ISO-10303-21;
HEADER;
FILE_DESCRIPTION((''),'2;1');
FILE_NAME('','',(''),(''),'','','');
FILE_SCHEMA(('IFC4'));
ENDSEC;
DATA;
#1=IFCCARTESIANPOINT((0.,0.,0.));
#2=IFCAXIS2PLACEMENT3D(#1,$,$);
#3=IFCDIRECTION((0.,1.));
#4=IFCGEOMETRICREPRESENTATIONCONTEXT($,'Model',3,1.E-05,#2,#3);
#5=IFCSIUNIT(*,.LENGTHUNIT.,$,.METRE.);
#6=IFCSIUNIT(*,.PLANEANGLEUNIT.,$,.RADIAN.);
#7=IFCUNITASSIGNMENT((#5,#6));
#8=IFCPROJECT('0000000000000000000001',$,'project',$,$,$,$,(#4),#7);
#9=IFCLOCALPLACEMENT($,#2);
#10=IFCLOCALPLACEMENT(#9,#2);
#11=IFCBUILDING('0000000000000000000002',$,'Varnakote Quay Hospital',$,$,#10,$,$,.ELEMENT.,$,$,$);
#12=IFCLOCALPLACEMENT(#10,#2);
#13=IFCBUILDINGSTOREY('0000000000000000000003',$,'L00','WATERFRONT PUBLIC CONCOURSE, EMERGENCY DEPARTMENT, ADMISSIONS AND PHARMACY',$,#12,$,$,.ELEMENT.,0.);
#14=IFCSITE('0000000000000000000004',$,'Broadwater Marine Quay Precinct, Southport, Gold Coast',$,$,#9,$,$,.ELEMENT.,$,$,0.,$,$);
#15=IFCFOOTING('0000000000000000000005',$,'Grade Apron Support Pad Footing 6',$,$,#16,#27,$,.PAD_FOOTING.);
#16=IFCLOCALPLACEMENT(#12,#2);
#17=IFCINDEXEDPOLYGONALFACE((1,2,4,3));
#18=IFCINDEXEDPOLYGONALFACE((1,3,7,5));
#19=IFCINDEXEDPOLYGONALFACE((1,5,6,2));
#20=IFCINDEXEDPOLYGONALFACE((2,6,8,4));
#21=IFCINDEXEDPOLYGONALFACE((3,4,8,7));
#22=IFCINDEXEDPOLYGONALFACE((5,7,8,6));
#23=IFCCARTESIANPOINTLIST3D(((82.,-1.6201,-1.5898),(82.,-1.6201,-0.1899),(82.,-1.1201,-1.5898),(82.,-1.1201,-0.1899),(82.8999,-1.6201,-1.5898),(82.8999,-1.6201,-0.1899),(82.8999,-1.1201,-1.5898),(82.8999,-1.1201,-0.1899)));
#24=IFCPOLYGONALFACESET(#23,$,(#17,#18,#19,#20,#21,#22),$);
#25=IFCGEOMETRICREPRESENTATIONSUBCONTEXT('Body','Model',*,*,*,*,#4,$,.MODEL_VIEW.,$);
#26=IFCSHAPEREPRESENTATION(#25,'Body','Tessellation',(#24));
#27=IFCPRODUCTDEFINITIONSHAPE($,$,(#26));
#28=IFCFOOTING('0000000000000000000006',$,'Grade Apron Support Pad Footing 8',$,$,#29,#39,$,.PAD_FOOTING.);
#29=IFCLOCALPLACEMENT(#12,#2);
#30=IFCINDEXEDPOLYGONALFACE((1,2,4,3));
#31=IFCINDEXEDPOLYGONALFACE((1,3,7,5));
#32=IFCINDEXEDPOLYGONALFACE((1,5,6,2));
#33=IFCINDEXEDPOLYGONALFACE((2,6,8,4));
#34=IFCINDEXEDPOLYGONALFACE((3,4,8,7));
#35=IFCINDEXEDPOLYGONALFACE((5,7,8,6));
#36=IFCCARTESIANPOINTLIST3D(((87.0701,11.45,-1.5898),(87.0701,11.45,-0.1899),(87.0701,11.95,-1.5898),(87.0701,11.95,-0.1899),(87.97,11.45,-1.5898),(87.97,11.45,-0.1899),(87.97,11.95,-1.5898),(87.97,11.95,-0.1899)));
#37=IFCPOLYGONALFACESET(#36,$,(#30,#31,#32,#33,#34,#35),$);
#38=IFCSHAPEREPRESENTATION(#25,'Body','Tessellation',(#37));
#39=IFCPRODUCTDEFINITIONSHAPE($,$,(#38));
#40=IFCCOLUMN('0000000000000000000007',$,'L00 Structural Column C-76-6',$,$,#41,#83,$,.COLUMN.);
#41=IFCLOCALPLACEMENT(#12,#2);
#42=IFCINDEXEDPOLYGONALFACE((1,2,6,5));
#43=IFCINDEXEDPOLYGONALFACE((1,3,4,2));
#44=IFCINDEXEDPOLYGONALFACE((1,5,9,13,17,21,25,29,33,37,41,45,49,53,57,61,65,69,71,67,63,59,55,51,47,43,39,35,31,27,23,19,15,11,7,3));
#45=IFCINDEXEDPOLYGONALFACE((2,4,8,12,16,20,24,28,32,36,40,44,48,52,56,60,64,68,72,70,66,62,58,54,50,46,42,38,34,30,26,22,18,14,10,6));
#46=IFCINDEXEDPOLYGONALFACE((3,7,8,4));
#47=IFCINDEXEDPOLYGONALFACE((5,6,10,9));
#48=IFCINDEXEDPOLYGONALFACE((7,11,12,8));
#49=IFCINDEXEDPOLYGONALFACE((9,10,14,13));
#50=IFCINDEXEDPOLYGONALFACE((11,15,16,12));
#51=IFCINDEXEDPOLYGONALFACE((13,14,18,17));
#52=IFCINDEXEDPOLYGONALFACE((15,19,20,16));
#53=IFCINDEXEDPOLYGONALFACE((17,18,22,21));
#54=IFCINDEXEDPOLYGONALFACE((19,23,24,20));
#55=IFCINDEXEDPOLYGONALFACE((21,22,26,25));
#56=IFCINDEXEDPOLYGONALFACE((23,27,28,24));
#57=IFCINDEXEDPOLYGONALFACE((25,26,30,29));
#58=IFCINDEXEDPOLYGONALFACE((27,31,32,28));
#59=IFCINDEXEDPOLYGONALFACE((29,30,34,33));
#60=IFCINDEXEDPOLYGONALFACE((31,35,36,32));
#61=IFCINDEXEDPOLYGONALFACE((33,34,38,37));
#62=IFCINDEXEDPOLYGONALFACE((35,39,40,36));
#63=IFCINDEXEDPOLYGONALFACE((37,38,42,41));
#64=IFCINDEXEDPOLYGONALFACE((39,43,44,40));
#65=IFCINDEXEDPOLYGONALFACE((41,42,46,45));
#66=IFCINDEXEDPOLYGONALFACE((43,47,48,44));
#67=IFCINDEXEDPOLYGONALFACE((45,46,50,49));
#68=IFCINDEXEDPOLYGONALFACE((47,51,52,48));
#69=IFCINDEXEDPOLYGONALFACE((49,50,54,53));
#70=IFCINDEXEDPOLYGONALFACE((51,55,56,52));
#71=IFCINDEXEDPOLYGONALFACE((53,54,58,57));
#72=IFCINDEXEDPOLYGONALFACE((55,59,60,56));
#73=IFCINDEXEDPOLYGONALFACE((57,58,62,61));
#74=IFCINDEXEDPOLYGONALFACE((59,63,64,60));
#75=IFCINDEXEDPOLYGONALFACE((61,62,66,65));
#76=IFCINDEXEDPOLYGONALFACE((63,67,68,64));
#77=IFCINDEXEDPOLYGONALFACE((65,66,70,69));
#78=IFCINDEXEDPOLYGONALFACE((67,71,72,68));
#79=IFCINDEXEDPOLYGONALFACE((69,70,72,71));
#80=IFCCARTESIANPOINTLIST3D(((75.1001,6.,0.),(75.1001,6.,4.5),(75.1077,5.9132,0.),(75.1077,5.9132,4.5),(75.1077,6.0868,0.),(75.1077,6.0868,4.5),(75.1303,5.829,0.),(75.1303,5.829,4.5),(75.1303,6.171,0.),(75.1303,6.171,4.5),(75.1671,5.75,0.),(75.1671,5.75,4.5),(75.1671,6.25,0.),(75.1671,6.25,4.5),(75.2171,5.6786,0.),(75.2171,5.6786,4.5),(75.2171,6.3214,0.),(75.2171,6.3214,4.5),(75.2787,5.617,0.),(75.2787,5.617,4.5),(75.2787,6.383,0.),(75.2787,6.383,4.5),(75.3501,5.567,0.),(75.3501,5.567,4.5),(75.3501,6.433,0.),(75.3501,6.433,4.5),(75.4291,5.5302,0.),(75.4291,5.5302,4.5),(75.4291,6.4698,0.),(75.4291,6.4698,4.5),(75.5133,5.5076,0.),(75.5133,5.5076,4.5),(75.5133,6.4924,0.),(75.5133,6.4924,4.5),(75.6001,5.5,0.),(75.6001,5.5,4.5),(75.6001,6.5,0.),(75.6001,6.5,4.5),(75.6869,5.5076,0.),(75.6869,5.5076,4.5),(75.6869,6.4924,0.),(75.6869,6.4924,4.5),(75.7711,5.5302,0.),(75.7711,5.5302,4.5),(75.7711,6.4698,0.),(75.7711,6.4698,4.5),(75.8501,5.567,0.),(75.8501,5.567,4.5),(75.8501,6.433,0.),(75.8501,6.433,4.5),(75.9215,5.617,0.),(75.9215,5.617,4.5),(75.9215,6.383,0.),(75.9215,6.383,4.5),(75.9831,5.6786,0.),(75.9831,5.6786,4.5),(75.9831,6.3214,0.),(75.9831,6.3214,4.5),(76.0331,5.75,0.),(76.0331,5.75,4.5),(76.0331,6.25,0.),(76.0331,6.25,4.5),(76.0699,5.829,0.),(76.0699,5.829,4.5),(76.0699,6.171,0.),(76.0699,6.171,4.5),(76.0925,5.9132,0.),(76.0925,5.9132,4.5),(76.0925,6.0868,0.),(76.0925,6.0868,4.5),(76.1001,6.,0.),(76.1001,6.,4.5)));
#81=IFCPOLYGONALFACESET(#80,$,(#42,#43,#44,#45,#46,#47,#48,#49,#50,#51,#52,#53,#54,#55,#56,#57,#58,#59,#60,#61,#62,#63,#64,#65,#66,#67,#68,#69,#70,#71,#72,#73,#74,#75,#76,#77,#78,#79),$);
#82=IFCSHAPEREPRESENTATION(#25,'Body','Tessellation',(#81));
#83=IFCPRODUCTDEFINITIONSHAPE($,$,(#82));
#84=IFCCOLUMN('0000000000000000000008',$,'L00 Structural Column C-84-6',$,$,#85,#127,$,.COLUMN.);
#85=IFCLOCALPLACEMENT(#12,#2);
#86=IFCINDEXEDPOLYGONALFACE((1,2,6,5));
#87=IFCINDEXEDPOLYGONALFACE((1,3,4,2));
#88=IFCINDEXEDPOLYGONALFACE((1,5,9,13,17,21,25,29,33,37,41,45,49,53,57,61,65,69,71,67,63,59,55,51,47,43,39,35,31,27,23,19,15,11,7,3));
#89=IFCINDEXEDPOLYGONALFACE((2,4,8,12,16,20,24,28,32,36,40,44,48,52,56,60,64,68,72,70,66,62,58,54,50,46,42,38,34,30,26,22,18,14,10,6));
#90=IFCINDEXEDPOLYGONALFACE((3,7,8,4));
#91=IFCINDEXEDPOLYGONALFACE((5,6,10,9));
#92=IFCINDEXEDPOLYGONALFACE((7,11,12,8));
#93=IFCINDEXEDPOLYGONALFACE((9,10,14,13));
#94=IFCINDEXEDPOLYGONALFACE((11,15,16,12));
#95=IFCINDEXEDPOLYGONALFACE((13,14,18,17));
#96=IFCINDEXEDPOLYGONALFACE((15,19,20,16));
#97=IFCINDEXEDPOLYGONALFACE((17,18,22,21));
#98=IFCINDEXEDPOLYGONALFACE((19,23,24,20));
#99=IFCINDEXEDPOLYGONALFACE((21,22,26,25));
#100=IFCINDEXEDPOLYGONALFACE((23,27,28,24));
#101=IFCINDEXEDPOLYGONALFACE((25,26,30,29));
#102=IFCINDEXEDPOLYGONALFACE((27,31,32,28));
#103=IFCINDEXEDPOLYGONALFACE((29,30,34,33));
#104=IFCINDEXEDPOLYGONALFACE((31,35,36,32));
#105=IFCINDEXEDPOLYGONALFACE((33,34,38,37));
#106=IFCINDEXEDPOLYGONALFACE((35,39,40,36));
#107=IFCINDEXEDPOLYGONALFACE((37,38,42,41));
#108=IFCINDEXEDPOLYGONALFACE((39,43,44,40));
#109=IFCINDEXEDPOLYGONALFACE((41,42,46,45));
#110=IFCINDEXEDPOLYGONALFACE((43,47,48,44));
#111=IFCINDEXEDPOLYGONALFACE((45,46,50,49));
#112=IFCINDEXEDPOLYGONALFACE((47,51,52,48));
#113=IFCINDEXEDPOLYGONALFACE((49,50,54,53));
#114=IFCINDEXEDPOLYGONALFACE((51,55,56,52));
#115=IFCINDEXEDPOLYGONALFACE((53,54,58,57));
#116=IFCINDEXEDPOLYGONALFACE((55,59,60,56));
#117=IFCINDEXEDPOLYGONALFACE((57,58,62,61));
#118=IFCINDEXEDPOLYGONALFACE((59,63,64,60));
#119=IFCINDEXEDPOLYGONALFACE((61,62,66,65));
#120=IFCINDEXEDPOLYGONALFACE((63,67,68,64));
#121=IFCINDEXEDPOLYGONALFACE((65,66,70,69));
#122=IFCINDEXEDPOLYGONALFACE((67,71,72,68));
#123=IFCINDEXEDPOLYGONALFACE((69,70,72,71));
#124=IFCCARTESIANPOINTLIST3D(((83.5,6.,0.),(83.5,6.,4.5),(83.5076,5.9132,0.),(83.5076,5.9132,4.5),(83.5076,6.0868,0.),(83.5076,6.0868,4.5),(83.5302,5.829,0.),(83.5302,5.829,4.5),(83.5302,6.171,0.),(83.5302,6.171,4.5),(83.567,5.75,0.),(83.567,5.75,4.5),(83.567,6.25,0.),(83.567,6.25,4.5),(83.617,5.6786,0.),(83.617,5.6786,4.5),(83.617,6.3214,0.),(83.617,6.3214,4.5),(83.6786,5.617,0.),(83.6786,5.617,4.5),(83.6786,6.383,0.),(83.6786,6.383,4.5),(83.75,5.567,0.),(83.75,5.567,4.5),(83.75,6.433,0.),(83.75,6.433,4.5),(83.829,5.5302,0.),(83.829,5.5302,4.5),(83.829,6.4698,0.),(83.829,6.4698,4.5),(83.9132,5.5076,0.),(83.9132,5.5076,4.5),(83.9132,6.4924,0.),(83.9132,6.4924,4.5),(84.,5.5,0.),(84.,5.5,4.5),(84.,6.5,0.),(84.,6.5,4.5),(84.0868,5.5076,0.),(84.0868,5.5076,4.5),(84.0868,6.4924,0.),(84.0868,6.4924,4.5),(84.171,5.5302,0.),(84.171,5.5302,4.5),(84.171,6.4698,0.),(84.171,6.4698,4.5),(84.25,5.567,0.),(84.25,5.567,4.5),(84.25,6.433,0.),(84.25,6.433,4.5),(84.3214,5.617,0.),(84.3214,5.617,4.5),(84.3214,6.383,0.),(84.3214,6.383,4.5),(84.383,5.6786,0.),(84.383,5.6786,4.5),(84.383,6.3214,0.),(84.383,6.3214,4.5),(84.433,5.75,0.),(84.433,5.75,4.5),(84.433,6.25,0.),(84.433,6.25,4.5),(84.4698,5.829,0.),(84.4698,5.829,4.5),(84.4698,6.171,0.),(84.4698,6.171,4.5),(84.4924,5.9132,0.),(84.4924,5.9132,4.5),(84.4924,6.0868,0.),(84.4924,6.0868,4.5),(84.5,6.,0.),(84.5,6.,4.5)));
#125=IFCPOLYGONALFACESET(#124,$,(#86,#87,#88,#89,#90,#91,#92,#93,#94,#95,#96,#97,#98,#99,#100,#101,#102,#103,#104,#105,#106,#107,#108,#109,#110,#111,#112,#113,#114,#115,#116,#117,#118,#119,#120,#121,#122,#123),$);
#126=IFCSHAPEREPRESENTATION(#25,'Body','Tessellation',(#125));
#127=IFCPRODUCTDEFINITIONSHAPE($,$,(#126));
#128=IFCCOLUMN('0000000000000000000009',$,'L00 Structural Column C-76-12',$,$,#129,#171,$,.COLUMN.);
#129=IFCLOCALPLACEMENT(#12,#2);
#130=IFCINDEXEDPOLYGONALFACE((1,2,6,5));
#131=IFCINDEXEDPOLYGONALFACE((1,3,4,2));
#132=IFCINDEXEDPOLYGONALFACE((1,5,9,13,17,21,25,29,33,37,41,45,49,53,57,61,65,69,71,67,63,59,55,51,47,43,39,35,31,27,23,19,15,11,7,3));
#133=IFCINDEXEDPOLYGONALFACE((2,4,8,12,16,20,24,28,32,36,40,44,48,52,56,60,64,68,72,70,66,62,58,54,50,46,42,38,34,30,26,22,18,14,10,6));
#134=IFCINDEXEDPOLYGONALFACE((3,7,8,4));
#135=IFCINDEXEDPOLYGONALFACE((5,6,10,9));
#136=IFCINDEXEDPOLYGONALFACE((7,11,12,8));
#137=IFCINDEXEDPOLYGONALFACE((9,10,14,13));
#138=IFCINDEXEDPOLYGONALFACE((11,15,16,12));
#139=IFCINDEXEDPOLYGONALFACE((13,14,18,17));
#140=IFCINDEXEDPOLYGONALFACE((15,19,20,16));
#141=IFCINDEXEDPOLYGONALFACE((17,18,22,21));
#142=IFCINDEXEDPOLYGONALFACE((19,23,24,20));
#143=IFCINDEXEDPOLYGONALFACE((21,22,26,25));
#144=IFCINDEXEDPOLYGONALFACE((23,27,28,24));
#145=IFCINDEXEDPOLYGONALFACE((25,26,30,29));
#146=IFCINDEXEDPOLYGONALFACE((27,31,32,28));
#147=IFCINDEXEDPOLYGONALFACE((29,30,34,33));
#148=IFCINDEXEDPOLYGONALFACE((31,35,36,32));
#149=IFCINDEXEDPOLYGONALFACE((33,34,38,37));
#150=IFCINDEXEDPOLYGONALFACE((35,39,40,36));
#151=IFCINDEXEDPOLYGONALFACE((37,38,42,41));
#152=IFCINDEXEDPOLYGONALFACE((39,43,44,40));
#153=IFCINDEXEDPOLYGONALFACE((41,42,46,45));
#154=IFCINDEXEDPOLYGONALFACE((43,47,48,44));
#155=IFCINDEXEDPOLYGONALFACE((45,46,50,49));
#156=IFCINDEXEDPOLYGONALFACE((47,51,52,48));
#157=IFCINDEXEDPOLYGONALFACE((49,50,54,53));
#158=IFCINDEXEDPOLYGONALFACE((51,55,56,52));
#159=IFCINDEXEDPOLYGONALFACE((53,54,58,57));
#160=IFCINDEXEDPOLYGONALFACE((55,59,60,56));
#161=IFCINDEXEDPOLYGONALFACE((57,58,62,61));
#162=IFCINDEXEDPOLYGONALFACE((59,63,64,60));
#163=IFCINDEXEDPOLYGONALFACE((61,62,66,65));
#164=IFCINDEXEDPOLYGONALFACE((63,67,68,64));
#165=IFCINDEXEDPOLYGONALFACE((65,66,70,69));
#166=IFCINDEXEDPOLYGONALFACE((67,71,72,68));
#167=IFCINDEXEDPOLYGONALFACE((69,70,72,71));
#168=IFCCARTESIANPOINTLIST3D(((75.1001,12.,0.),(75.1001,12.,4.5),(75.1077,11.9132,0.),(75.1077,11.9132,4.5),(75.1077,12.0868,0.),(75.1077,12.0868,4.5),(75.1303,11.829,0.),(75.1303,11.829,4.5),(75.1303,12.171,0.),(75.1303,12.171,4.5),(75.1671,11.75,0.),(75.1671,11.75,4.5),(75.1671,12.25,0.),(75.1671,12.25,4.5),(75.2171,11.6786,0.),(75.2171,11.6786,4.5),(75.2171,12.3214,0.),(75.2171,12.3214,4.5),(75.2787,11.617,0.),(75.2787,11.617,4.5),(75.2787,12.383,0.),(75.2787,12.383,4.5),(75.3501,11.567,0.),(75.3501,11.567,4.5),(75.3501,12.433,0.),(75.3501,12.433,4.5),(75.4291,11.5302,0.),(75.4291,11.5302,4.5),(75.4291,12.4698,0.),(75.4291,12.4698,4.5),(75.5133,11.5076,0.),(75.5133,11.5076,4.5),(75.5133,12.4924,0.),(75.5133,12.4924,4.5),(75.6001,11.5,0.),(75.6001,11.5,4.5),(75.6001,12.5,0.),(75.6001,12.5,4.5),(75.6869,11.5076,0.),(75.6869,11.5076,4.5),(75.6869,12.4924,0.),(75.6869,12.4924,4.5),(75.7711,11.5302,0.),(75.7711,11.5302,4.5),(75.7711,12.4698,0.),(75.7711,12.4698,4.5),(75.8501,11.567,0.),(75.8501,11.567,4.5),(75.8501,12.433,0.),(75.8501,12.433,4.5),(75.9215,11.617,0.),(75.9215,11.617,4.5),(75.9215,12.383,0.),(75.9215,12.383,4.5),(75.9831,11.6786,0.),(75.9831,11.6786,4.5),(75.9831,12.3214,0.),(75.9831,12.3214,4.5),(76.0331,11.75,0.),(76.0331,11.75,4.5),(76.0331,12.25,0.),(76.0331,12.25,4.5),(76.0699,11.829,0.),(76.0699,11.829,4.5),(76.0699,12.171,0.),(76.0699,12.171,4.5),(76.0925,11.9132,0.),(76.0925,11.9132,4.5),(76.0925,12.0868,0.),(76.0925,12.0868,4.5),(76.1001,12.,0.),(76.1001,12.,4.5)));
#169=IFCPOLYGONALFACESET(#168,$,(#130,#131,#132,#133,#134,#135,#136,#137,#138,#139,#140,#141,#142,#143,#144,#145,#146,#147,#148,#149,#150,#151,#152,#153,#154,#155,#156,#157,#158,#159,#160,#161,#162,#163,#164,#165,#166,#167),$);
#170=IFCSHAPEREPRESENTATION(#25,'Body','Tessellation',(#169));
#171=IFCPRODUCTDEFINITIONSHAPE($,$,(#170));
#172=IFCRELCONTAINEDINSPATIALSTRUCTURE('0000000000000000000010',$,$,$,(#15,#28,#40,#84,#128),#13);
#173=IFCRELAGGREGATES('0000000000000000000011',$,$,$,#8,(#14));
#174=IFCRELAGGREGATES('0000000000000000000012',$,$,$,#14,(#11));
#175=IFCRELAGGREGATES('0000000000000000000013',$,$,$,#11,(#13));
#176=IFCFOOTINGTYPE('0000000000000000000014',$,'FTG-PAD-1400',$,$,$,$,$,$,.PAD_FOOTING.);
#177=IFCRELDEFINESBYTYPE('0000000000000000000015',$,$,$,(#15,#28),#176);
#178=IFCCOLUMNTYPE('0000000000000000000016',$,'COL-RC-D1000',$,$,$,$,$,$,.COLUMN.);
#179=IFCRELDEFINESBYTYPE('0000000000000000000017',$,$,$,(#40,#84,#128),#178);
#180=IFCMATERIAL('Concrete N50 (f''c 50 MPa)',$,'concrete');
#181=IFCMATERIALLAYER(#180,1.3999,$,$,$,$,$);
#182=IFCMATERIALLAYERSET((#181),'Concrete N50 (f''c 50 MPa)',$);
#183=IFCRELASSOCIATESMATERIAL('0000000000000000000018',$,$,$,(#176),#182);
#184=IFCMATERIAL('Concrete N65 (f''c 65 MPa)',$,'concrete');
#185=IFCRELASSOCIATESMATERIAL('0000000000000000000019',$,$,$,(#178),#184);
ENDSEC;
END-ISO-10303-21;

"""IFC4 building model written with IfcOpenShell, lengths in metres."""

from ifc_helpers import new_model, si_unit, direction, frame, origin, origin_2d, place, context, subcontext, project, spatial, rectangle, circle, extrude, material, layer, layer_set, material_profile, profile_set, type_object, element, save


model = new_model("IFC4")

# Units and contexts
model_context = context("Model", 3, precision=1e-05, world=origin(), true_north=direction((0.0, 1.0)))
body_context = subcontext(model_context, "Body", "Model", "MODEL_VIEW")
ifc_project = project(units=[si_unit("LENGTHUNIT", "METRE"), si_unit("PLANEANGLEUNIT", "RADIAN")], contexts=[model_context])

# Site, building, storey
site_placement = place(None, origin())
site = spatial("IfcSite", under=ifc_project, at=site_placement, Name="Broadwater Marine Quay Precinct, Southport, Gold Coast", CompositionType="ELEMENT", RefElevation=0.0)
building_placement = place(site_placement, origin())
building = spatial("IfcBuilding", under=site, at=building_placement, Name="Varnakote Quay Hospital", CompositionType="ELEMENT")
storey_placement = place(building_placement, origin())
storey = spatial("IfcBuildingStorey", under=building, at=storey_placement, Name="L00", Description="WATERFRONT PUBLIC CONCOURSE, EMERGENCY DEPARTMENT, ADMISSIONS AND PHARMACY", CompositionType="ELEMENT", Elevation=0.0)

# Footings
ifc_material_1 = material(Name="Concrete N50 (f'c 50 MPa)", Category="concrete")
ifc_layer_1 = layer(ifc_material_1, 1.3999)
ifc_layer_set_1 = layer_set([ifc_layer_1], Name="Concrete N50 (f'c 50 MPa)")
footing_type = type_object("IfcFootingType", Name="FTG-PAD-1400", PredefinedType="PAD_FOOTING", material=ifc_layer_set_1)
for number, where, z_axis, x_axis, name in (
    (1, (82.45, -1.3701, -1.5898), (0.0, 0.0, 1.0), (1.0, 0.0, 0.0), "Grade Apron Support Pad Footing 6"),
    (2, (87.52, 11.7, -1.5898), (0.0, 0.0, 1.0), (1.0, 0.0, 0.0), "Grade Apron Support Pad Footing 8"),
):
    element("IfcFooting", number, at=place(storey_placement, frame(where, z_axis=z_axis, x_axis=x_axis)), inside=storey, type_object=footing_type, Name=name, PredefinedType="PAD_FOOTING", context=body_context, shape_type="SweptSolid", body=[
        extrude(rectangle(XDim=0.8999, YDim=0.5, at=origin_2d()), origin(), (0.0, 0.0, 1.0), 1.3999),
    ])

# Columns
ifc_material_2 = material(Name="Concrete N65 (f'c 65 MPa)", Category="concrete")
ifc_material_profile_1 = material_profile(ifc_material_2, circle(Radius=0.5, at=origin_2d()), Name="RC-COL-D1000")
ifc_profile_set_1 = profile_set([ifc_material_profile_1], Name="Concrete N65 (f'c 65 MPa)")
column_type = type_object("IfcColumnType", Name="COL-RC-D1000", PredefinedType="COLUMN", material=ifc_profile_set_1)
for number, where, z_axis, x_axis, name in (
    (3, (75.6001, 6.0, 0.0), (0.0, 0.0, 1.0), (1.0, 0.0, 0.0), "L00 Structural Column C-76-6"),
    (4, (84.0, 6.0, 0.0), (0.0, 0.0, 1.0), (1.0, 0.0, 0.0), "L00 Structural Column C-84-6"),
    (5, (75.6001, 12.0, 0.0), (0.0, 0.0, 1.0), (1.0, 0.0, 0.0), "L00 Structural Column C-76-12"),
):
    element("IfcColumn", number, at=place(storey_placement, frame(where, z_axis=z_axis, x_axis=x_axis)), inside=storey, type_object=column_type, Name=name, PredefinedType="COLUMN", context=body_context, shape_type="SweptSolid", body=[
        extrude(circle(Radius=0.5, at=origin_2d()), origin(), (0.0, 0.0, 1.0), 4.5),
    ])

save(model, "model.ifc")
